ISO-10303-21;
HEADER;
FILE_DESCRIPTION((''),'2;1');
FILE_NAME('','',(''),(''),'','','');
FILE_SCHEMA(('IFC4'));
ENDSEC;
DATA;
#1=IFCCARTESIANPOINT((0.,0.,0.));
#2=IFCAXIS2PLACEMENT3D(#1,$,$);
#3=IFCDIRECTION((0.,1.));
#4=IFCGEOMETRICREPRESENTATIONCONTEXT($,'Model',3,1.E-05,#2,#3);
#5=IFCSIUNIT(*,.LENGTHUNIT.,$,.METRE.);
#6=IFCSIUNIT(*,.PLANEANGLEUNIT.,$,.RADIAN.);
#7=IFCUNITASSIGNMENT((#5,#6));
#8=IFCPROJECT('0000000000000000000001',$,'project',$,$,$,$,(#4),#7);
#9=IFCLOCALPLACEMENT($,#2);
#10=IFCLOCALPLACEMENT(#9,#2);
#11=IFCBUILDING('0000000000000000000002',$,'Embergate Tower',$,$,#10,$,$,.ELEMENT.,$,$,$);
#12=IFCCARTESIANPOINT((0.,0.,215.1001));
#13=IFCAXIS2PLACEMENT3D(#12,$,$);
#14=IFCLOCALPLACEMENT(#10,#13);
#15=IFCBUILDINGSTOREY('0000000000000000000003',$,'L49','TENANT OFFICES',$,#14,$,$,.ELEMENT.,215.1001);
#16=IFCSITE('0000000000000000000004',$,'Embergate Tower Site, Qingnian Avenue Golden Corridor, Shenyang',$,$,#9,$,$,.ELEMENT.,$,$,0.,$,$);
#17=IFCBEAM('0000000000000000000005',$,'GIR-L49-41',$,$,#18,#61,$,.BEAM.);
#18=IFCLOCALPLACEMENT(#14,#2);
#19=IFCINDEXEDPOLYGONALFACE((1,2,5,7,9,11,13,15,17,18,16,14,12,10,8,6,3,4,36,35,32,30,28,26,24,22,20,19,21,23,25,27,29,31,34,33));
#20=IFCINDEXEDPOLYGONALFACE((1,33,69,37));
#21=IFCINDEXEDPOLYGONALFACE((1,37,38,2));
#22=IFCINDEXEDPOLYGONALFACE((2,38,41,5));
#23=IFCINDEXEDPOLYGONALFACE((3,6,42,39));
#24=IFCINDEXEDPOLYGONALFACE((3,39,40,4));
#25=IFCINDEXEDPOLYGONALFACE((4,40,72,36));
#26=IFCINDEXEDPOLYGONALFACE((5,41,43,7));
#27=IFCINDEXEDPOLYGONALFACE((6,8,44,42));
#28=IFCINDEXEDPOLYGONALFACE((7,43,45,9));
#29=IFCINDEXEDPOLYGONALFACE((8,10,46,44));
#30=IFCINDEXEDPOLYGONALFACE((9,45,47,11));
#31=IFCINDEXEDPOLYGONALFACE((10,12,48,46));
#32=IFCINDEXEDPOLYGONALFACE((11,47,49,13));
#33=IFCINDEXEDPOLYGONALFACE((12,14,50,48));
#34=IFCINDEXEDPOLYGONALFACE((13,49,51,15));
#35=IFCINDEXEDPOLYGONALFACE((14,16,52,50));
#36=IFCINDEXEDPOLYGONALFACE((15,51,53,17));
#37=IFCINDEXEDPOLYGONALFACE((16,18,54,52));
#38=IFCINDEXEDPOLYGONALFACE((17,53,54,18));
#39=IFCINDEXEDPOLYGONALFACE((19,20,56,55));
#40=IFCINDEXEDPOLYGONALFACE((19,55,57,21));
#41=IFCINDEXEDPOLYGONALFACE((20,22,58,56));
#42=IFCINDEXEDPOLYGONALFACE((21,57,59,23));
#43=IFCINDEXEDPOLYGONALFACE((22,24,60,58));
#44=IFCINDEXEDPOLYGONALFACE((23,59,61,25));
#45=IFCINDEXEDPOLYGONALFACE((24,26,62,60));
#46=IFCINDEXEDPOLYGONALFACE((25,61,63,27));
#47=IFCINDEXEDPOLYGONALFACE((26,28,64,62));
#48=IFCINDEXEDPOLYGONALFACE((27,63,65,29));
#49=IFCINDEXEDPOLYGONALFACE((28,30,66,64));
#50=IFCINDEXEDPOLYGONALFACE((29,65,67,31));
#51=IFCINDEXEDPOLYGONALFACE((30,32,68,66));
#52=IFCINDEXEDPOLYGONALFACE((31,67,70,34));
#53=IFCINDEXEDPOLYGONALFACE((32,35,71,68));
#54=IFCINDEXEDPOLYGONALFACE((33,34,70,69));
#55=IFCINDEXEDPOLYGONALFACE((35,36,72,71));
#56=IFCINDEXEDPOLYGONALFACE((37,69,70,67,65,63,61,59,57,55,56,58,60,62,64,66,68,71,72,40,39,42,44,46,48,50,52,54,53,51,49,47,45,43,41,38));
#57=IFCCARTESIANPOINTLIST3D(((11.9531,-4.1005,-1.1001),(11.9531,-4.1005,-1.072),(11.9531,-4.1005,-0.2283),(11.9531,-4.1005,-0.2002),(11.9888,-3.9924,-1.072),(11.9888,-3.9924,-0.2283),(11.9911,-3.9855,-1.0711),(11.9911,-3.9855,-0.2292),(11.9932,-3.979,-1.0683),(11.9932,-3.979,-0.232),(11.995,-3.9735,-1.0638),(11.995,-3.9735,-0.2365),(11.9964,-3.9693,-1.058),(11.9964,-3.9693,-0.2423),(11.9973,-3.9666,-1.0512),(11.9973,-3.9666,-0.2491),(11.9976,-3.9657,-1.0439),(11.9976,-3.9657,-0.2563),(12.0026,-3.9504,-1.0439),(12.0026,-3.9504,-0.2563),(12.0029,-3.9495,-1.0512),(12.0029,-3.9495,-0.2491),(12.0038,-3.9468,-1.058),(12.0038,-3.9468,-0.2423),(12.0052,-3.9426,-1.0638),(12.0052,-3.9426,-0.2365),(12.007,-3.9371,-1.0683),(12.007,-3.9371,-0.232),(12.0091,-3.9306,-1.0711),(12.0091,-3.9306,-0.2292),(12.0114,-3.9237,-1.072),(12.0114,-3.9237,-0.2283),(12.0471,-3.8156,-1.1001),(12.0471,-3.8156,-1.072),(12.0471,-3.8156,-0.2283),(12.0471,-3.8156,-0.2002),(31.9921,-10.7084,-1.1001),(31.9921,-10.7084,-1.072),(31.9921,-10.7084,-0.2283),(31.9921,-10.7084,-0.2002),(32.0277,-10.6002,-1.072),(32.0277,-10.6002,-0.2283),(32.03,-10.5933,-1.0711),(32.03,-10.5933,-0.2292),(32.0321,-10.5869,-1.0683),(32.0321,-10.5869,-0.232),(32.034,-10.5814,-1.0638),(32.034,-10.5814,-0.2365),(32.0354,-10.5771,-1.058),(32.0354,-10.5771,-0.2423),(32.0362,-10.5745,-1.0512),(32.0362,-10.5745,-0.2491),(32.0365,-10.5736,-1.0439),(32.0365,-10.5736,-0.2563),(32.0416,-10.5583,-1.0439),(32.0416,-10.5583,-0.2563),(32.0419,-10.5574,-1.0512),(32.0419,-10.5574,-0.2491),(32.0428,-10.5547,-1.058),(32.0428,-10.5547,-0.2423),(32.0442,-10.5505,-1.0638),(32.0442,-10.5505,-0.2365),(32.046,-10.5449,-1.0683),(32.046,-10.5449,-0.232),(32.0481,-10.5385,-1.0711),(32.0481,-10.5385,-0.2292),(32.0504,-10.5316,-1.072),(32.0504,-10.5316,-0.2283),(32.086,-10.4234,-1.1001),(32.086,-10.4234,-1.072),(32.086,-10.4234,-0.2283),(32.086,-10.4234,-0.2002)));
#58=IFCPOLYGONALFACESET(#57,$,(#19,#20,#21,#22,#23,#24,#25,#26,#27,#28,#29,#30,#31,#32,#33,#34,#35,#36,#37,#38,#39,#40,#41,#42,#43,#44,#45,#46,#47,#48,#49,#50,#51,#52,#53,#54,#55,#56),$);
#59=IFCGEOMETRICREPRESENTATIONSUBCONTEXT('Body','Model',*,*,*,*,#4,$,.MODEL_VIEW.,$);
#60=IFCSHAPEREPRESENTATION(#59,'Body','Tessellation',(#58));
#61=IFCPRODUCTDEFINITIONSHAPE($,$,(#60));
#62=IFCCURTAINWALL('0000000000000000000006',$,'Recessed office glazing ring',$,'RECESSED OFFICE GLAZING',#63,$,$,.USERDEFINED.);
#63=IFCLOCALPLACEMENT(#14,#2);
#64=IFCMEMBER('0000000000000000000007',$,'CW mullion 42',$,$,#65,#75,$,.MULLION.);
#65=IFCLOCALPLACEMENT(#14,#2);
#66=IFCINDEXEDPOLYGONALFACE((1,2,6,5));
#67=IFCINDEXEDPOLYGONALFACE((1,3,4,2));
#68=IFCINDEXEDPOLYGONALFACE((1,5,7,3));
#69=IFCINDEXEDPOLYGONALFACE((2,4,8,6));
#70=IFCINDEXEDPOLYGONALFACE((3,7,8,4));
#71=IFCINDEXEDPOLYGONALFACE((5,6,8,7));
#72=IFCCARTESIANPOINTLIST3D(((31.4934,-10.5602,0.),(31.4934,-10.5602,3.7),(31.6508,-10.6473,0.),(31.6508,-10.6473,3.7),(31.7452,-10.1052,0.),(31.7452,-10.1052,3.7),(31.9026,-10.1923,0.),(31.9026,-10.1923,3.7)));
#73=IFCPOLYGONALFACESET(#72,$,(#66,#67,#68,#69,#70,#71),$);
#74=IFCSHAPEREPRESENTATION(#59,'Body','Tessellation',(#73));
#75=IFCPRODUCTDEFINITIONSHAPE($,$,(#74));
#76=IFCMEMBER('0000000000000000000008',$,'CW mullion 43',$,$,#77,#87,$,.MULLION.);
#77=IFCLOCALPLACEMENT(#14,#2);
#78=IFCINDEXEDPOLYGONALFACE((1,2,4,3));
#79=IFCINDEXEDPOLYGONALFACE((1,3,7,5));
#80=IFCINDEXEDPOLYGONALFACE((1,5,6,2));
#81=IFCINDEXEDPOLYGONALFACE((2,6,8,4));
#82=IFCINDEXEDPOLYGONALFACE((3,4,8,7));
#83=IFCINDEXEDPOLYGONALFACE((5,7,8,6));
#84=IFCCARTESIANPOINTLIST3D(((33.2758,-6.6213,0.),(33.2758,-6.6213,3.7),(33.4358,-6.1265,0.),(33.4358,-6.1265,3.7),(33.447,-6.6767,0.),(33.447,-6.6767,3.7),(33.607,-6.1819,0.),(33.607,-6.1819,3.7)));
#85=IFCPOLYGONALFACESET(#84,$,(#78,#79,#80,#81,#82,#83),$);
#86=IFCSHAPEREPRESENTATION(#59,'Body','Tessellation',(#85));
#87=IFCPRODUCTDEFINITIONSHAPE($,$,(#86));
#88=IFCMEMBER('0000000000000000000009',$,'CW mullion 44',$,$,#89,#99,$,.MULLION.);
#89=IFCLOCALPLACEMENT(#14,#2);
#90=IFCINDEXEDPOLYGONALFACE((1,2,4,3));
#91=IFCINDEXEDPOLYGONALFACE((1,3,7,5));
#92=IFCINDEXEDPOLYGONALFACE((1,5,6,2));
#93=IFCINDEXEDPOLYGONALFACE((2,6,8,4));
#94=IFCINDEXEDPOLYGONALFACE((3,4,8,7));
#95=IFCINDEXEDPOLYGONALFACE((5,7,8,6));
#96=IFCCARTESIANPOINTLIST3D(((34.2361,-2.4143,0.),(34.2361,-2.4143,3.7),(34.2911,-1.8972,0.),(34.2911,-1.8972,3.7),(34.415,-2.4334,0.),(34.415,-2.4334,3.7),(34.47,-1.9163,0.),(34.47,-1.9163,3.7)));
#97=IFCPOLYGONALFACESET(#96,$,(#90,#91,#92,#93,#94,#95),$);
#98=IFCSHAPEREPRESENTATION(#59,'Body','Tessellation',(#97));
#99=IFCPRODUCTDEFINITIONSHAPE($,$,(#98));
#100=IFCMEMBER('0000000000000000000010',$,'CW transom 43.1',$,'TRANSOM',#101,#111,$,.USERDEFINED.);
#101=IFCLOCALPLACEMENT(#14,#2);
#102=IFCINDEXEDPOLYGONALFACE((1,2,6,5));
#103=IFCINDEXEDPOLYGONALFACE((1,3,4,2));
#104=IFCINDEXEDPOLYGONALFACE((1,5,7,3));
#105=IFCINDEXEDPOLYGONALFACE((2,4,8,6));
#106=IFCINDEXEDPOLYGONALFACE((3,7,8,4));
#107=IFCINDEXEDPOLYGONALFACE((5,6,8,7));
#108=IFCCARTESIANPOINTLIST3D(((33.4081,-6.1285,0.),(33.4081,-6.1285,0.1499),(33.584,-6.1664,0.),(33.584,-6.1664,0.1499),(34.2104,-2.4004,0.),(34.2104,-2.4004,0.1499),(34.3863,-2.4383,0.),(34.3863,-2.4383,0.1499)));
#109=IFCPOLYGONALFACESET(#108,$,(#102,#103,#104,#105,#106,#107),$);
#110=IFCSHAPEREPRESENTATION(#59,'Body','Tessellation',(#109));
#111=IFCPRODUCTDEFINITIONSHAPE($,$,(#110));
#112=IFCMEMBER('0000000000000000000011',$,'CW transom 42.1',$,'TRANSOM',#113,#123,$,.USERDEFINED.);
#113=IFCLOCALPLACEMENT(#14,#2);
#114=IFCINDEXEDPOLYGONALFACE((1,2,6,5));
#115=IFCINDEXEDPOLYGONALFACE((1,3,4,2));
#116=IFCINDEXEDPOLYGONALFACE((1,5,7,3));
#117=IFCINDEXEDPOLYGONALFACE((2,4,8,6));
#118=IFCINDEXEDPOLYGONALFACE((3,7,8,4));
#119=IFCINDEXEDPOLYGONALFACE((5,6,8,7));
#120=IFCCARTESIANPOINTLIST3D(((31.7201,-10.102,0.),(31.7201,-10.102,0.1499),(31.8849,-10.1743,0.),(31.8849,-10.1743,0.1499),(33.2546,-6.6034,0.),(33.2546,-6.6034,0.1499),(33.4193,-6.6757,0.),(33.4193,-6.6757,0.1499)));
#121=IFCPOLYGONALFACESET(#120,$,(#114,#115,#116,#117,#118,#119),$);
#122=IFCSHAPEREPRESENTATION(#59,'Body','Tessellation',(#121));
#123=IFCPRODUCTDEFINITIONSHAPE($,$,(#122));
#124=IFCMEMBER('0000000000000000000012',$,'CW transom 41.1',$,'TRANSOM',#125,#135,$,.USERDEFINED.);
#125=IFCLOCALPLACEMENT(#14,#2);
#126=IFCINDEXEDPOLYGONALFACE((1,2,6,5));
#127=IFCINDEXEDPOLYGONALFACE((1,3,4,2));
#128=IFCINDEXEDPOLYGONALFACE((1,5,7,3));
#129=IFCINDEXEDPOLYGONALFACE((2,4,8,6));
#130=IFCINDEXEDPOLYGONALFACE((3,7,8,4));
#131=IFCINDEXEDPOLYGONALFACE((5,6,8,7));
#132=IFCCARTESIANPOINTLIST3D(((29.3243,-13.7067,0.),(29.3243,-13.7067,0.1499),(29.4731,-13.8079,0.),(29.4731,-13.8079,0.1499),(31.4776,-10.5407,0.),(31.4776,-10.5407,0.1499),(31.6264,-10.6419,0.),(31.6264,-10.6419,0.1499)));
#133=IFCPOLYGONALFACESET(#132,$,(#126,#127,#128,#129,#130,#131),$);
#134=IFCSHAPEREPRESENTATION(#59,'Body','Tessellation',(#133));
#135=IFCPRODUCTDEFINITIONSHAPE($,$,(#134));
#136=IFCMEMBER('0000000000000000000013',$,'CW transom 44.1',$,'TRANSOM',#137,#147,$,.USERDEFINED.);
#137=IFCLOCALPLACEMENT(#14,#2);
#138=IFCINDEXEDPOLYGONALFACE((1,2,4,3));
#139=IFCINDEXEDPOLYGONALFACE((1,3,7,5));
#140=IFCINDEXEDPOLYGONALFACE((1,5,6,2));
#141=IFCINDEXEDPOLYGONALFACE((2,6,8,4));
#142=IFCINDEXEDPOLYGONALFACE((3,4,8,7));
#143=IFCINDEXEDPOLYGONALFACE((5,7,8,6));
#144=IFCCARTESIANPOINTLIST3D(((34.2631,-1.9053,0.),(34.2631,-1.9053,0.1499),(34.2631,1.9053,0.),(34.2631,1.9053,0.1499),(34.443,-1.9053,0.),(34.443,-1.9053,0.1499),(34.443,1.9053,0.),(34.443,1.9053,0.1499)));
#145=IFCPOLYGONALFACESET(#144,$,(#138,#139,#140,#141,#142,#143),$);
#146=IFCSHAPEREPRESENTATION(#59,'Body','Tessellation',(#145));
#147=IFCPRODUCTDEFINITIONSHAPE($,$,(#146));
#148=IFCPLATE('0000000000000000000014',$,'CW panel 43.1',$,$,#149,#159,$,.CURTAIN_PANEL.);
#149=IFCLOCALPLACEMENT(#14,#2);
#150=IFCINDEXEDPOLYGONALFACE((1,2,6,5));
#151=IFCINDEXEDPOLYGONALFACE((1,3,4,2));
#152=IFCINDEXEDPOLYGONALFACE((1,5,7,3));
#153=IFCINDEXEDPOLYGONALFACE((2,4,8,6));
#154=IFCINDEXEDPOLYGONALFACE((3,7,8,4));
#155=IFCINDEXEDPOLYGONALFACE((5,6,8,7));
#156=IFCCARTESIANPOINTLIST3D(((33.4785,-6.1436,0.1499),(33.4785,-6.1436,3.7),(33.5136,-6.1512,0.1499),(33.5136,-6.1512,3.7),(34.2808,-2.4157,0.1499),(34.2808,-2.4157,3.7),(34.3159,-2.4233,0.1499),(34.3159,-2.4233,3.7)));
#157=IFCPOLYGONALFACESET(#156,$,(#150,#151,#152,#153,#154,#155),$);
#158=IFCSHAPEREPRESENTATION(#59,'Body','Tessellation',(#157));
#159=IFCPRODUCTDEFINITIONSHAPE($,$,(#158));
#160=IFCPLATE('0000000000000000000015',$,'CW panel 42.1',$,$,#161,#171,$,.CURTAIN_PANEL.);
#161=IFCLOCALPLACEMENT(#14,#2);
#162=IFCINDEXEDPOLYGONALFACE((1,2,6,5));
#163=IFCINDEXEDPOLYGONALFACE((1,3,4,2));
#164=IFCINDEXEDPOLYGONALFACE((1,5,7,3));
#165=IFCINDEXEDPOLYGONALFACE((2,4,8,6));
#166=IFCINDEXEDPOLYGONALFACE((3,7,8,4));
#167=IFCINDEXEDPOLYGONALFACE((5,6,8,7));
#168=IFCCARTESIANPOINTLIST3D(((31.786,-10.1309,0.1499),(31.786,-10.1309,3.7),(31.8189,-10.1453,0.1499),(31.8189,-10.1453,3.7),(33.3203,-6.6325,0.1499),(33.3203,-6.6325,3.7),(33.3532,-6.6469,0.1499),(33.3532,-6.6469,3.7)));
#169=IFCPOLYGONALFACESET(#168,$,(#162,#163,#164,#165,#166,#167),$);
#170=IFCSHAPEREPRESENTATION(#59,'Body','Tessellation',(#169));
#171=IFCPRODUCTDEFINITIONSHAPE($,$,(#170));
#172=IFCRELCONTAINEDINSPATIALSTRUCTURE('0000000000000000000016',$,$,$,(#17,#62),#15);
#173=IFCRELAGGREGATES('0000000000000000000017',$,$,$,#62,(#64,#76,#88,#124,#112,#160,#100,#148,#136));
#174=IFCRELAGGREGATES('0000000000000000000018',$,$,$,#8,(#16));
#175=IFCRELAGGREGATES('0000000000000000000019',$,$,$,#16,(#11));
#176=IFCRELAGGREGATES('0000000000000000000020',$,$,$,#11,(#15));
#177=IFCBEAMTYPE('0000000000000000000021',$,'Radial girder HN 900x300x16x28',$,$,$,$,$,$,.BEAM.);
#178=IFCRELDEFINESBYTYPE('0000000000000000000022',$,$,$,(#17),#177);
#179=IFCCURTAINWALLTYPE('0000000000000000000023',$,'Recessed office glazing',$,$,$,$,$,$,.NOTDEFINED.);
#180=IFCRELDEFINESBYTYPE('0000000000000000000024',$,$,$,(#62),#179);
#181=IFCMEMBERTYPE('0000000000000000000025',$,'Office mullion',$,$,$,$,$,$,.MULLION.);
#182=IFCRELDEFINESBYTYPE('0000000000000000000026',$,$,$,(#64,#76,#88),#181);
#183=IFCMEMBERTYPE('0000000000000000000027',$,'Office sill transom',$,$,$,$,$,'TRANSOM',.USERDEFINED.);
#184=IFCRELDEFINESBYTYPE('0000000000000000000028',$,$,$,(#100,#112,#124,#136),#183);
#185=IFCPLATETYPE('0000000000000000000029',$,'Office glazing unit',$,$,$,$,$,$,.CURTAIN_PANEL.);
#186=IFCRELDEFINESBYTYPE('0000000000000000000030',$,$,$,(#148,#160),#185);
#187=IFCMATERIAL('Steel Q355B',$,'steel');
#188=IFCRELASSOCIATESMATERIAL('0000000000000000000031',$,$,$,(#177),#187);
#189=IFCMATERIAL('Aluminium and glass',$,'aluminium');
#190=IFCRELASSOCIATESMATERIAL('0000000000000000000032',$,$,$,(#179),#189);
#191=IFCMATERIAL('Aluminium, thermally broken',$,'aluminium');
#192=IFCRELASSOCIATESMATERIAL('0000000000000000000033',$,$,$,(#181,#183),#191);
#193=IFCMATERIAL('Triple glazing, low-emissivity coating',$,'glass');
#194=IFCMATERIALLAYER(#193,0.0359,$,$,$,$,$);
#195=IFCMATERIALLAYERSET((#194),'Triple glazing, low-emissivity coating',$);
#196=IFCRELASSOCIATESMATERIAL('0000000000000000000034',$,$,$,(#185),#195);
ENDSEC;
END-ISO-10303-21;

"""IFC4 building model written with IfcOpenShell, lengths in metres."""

from ifc_helpers import new_model, si_unit, direction, frame, origin, origin_2d, place, context, subcontext, project, spatial, rectangle, i_section, extrude, source, transform, mapped, material, layer, layer_set, material_profile, profile_set, type_object, element, aggregate, save


model = new_model("IFC4")

# Units and contexts
model_context = context("Model", 3, precision=1e-05, world=origin(), true_north=direction((0.0, 1.0)))
body_context = subcontext(model_context, "Body", "Model", "MODEL_VIEW")
ifc_project = project(units=[si_unit("LENGTHUNIT", "METRE"), si_unit("PLANEANGLEUNIT", "RADIAN")], contexts=[model_context])

# Site, building, storey
site_placement = place(None, origin())
site = spatial("IfcSite", under=ifc_project, at=site_placement, Name="Embergate Tower Site, Qingnian Avenue Golden Corridor, Shenyang", CompositionType="ELEMENT", RefElevation=0.0)
building_placement = place(site_placement, origin())
building = spatial("IfcBuilding", under=site, at=building_placement, Name="Embergate Tower", CompositionType="ELEMENT")
storey_placement = place(building_placement, frame((0.0, 0.0, 215.1001)))
storey = spatial("IfcBuildingStorey", under=building, at=storey_placement, Name="L49", Description="TENANT OFFICES", CompositionType="ELEMENT", Elevation=215.1001)

# Beam
ifc_material_1 = material(Name="Steel Q355B", Category="steel")
ifc_material_profile_1 = material_profile(ifc_material_1, i_section(OverallWidth=0.3, OverallDepth=0.8999, WebThickness=0.0161, FlangeThickness=0.0281, FilletRadius=0.0281, at=origin_2d()), Name="HN 900x300x16x28")
ifc_profile_set_1 = profile_set([ifc_material_profile_1], Name="Steel Q355 grade B")
beam_type_1 = type_object("IfcBeamType", Name="Radial girder HN 900x300x16x28", PredefinedType="BEAM", material=ifc_profile_set_1)
shared_shape_1 = source(origin(), body_context, "Body", "SweptSolid", [
    extrude(i_section(OverallWidth=0.3, OverallDepth=0.8999, WebThickness=0.0161, FlangeThickness=0.0281, FilletRadius=0.0281, at=origin_2d()), origin(), (0.0, 0.0, 1.0), 21.1003),
])
beam_1_placement = place(storey_placement, frame((32.0391, -10.5659, -0.6501), z_axis=(-0.949699, 0.313165, 0.0), x_axis=(-0.313165, -0.949699, 0.0)))
element("IfcBeam", 1, at=beam_1_placement, inside=storey, type_object=beam_type_1, Name="GIR-L49-41", PredefinedType="BEAM", context=body_context, shape_type="MappedRepresentation", body=[
    mapped(shared_shape_1, transform((0.0, 0.0, 0.0))),
])

# Curtain wall, members, plates
ifc_material_2 = material(Name="Aluminium and glass", Category="aluminium")
curtain_wall_type = type_object("IfcCurtainWallType", Name="Recessed office glazing", PredefinedType="NOTDEFINED", material=ifc_material_2)
curtain_wall_placement = place(storey_placement, origin())
curtain_wall = element("IfcCurtainWall", 2, at=curtain_wall_placement, inside=storey, type_object=curtain_wall_type, Name="Recessed office glazing ring", ObjectType="RECESSED OFFICE GLAZING", PredefinedType="USERDEFINED")
ifc_material_3 = material(Name="Aluminium, thermally broken", Category="aluminium")
ifc_material_profile_2 = material_profile(ifc_material_3, rectangle(XDim=0.1799, YDim=0.52, at=origin_2d()), Name="AL 520x180")
ifc_profile_set_2 = profile_set([ifc_material_profile_2], Name="Aluminium, thermally broken")
member_type_1 = type_object("IfcMemberType", Name="Office mullion", PredefinedType="MULLION", material=ifc_profile_set_2)
shared_shape_2 = source(origin(), body_context, "Body", "SweptSolid", [
    extrude(rectangle(XDim=0.1799, YDim=0.52, at=origin_2d()), origin(), (0.0, 0.0, 1.0), 3.7),
])
member_1_placement = place(storey_placement, frame((31.698, -10.3762, 0.0), z_axis=(0.0, 0.0, 1.0), x_axis=(-0.875003, 0.484118, 0.0)))
member_1 = element("IfcMember", 3, at=member_1_placement, type_object=member_type_1, Name="CW mullion 42", PredefinedType="MULLION", context=body_context, shape_type="MappedRepresentation", body=[
    mapped(shared_shape_2, transform((0.0, 0.0, 0.0))),
])
member_2_placement = place(storey_placement, frame((33.4414, -6.4016, 0.0), z_axis=(0.0, 0.0, 1.0), x_axis=(-0.951498, 0.307656, 0.0)))
member_2 = element("IfcMember", 4, at=member_2_placement, type_object=member_type_1, Name="CW mullion 43", PredefinedType="MULLION", context=body_context, shape_type="MappedRepresentation", body=[
    mapped(shared_shape_2, transform((0.0, 0.0, 0.0))),
])
member_3_placement = place(storey_placement, frame((34.353, -2.1653, 0.0), z_axis=(0.0, 0.0, 1.0), x_axis=(-0.994385, 0.105823, 0.0)))
member_3 = element("IfcMember", 5, at=member_3_placement, type_object=member_type_1, Name="CW mullion 44", PredefinedType="MULLION", context=body_context, shape_type="MappedRepresentation", body=[
    mapped(shared_shape_2, transform((0.0, 0.0, 0.0))),
])
ifc_material_profile_3 = material_profile(ifc_material_3, rectangle(XDim=0.1799, YDim=0.1499, at=origin_2d()), Name="AL 150x180")
ifc_profile_set_3 = profile_set([ifc_material_profile_3], Name="Aluminium, thermally broken")
member_type_2 = type_object("IfcMemberType", Name="Office sill transom", ElementType="TRANSOM", PredefinedType="USERDEFINED", material=ifc_profile_set_3)
shared_shape_3 = source(origin(), body_context, "Body", "SweptSolid", [
    extrude(rectangle(XDim=0.1799, YDim=0.1499, at=origin_2d()), origin(), (0.0, 0.0, 1.0), 3.8135),
])
member_4_placement = place(storey_placement, frame((33.4961, -6.1475, 0.075), z_axis=(0.210377, 0.97762, 0.0), x_axis=(-0.97762, 0.210377, 0.0)))
member_4 = element("IfcMember", 6, at=member_4_placement, type_object=member_type_2, Name="CW transom 43.1", ObjectType="TRANSOM", PredefinedType="USERDEFINED", context=body_context, shape_type="MappedRepresentation", body=[
    mapped(shared_shape_3, transform((0.0, 0.0, 0.0))),
])
shared_shape_4 = source(origin(), body_context, "Body", "SweptSolid", [
    extrude(rectangle(XDim=0.1799, YDim=0.1499, at=origin_2d()), origin(), (0.0, 0.0, 1.0), 3.8203),
])
member_5_placement = place(storey_placement, frame((31.8025, -10.1382, 0.075), z_axis=(0.401657, 0.91579, 0.0), x_axis=(-0.91579, 0.401657, 0.0)))
member_5 = element("IfcMember", 7, at=member_5_placement, type_object=member_type_2, Name="CW transom 42.1", ObjectType="TRANSOM", PredefinedType="USERDEFINED", context=body_context, shape_type="MappedRepresentation", body=[
    mapped(shared_shape_4, transform((0.0, 0.0, 0.0))),
])
shared_shape_5 = source(origin(), body_context, "Body", "SweptSolid", [
    extrude(rectangle(XDim=0.1799, YDim=0.1499, at=origin_2d()), origin(), (0.0, 0.0, 1.0), 3.8289),
])
member_6_placement = place(storey_placement, frame((29.3987, -13.7573, 0.075), z_axis=(0.562387, 0.826874, 0.0), x_axis=(-0.826874, 0.562387, 0.0)))
member_6 = element("IfcMember", 8, at=member_6_placement, type_object=member_type_2, Name="CW transom 41.1", ObjectType="TRANSOM", PredefinedType="USERDEFINED", context=body_context, shape_type="MappedRepresentation", body=[
    mapped(shared_shape_5, transform((0.0, 0.0, 0.0))),
])
shared_shape_6 = source(origin(), body_context, "Body", "SweptSolid", [
    extrude(rectangle(XDim=0.1799, YDim=0.1499, at=origin_2d()), origin(), (0.0, 0.0, 1.0), 3.8105),
])
member_7_placement = place(storey_placement, frame((34.353, -1.9053, 0.075), z_axis=(0.0, 1.0, 0.0), x_axis=(-1.0, 0.0, 0.0)))
member_7 = element("IfcMember", 9, at=member_7_placement, type_object=member_type_2, Name="CW transom 44.1", ObjectType="TRANSOM", PredefinedType="USERDEFINED", context=body_context, shape_type="MappedRepresentation", body=[
    mapped(shared_shape_6, transform((0.0, 0.0, 0.0))),
])
ifc_material_4 = material(Name="Triple glazing, low-emissivity coating", Category="glass")
ifc_layer_1 = layer(ifc_material_4, 0.0359)
ifc_layer_set_1 = layer_set([ifc_layer_1], Name="Triple glazing, low-emissivity coating")
plate_type = type_object("IfcPlateType", Name="Office glazing unit", PredefinedType="CURTAIN_PANEL", material=ifc_layer_set_1)
shared_shape_7 = source(origin(), body_context, "Body", "SweptSolid", [
    extrude(rectangle(XDim=3.8132, YDim=0.0359, at=origin_2d()), origin(), (0.0, 0.0, 1.0), 3.55),
])
plate_1_placement = place(storey_placement, frame((33.8972, -4.2834, 0.1499), z_axis=(0.0, 0.0, 1.0), x_axis=(0.210395, 0.977616, 0.0)))
plate_1 = element("IfcPlate", 10, at=plate_1_placement, type_object=plate_type, Name="CW panel 43.1", PredefinedType="CURTAIN_PANEL", context=body_context, shape_type="MappedRepresentation", body=[
    mapped(shared_shape_7, transform((0.0, 0.0, 0.0))),
])
shared_shape_8 = source(origin(), body_context, "Body", "SweptSolid", [
    extrude(rectangle(XDim=3.8201, YDim=0.0359, at=origin_2d()), origin(), (0.0, 0.0, 1.0), 3.55),
])
plate_2_placement = place(storey_placement, frame((32.5696, -8.3889, 0.1499), z_axis=(0.0, 0.0, 1.0), x_axis=(0.401649, 0.915794, 0.0)))
plate_2 = element("IfcPlate", 11, at=plate_2_placement, type_object=plate_type, Name="CW panel 42.1", PredefinedType="CURTAIN_PANEL", context=body_context, shape_type="MappedRepresentation", body=[
    mapped(shared_shape_8, transform((0.0, 0.0, 0.0))),
])
aggregate(curtain_wall, [member_1, member_2, member_3, member_6, member_5, plate_2, member_4, plate_1, member_7])

save(model, "model.ifc")
